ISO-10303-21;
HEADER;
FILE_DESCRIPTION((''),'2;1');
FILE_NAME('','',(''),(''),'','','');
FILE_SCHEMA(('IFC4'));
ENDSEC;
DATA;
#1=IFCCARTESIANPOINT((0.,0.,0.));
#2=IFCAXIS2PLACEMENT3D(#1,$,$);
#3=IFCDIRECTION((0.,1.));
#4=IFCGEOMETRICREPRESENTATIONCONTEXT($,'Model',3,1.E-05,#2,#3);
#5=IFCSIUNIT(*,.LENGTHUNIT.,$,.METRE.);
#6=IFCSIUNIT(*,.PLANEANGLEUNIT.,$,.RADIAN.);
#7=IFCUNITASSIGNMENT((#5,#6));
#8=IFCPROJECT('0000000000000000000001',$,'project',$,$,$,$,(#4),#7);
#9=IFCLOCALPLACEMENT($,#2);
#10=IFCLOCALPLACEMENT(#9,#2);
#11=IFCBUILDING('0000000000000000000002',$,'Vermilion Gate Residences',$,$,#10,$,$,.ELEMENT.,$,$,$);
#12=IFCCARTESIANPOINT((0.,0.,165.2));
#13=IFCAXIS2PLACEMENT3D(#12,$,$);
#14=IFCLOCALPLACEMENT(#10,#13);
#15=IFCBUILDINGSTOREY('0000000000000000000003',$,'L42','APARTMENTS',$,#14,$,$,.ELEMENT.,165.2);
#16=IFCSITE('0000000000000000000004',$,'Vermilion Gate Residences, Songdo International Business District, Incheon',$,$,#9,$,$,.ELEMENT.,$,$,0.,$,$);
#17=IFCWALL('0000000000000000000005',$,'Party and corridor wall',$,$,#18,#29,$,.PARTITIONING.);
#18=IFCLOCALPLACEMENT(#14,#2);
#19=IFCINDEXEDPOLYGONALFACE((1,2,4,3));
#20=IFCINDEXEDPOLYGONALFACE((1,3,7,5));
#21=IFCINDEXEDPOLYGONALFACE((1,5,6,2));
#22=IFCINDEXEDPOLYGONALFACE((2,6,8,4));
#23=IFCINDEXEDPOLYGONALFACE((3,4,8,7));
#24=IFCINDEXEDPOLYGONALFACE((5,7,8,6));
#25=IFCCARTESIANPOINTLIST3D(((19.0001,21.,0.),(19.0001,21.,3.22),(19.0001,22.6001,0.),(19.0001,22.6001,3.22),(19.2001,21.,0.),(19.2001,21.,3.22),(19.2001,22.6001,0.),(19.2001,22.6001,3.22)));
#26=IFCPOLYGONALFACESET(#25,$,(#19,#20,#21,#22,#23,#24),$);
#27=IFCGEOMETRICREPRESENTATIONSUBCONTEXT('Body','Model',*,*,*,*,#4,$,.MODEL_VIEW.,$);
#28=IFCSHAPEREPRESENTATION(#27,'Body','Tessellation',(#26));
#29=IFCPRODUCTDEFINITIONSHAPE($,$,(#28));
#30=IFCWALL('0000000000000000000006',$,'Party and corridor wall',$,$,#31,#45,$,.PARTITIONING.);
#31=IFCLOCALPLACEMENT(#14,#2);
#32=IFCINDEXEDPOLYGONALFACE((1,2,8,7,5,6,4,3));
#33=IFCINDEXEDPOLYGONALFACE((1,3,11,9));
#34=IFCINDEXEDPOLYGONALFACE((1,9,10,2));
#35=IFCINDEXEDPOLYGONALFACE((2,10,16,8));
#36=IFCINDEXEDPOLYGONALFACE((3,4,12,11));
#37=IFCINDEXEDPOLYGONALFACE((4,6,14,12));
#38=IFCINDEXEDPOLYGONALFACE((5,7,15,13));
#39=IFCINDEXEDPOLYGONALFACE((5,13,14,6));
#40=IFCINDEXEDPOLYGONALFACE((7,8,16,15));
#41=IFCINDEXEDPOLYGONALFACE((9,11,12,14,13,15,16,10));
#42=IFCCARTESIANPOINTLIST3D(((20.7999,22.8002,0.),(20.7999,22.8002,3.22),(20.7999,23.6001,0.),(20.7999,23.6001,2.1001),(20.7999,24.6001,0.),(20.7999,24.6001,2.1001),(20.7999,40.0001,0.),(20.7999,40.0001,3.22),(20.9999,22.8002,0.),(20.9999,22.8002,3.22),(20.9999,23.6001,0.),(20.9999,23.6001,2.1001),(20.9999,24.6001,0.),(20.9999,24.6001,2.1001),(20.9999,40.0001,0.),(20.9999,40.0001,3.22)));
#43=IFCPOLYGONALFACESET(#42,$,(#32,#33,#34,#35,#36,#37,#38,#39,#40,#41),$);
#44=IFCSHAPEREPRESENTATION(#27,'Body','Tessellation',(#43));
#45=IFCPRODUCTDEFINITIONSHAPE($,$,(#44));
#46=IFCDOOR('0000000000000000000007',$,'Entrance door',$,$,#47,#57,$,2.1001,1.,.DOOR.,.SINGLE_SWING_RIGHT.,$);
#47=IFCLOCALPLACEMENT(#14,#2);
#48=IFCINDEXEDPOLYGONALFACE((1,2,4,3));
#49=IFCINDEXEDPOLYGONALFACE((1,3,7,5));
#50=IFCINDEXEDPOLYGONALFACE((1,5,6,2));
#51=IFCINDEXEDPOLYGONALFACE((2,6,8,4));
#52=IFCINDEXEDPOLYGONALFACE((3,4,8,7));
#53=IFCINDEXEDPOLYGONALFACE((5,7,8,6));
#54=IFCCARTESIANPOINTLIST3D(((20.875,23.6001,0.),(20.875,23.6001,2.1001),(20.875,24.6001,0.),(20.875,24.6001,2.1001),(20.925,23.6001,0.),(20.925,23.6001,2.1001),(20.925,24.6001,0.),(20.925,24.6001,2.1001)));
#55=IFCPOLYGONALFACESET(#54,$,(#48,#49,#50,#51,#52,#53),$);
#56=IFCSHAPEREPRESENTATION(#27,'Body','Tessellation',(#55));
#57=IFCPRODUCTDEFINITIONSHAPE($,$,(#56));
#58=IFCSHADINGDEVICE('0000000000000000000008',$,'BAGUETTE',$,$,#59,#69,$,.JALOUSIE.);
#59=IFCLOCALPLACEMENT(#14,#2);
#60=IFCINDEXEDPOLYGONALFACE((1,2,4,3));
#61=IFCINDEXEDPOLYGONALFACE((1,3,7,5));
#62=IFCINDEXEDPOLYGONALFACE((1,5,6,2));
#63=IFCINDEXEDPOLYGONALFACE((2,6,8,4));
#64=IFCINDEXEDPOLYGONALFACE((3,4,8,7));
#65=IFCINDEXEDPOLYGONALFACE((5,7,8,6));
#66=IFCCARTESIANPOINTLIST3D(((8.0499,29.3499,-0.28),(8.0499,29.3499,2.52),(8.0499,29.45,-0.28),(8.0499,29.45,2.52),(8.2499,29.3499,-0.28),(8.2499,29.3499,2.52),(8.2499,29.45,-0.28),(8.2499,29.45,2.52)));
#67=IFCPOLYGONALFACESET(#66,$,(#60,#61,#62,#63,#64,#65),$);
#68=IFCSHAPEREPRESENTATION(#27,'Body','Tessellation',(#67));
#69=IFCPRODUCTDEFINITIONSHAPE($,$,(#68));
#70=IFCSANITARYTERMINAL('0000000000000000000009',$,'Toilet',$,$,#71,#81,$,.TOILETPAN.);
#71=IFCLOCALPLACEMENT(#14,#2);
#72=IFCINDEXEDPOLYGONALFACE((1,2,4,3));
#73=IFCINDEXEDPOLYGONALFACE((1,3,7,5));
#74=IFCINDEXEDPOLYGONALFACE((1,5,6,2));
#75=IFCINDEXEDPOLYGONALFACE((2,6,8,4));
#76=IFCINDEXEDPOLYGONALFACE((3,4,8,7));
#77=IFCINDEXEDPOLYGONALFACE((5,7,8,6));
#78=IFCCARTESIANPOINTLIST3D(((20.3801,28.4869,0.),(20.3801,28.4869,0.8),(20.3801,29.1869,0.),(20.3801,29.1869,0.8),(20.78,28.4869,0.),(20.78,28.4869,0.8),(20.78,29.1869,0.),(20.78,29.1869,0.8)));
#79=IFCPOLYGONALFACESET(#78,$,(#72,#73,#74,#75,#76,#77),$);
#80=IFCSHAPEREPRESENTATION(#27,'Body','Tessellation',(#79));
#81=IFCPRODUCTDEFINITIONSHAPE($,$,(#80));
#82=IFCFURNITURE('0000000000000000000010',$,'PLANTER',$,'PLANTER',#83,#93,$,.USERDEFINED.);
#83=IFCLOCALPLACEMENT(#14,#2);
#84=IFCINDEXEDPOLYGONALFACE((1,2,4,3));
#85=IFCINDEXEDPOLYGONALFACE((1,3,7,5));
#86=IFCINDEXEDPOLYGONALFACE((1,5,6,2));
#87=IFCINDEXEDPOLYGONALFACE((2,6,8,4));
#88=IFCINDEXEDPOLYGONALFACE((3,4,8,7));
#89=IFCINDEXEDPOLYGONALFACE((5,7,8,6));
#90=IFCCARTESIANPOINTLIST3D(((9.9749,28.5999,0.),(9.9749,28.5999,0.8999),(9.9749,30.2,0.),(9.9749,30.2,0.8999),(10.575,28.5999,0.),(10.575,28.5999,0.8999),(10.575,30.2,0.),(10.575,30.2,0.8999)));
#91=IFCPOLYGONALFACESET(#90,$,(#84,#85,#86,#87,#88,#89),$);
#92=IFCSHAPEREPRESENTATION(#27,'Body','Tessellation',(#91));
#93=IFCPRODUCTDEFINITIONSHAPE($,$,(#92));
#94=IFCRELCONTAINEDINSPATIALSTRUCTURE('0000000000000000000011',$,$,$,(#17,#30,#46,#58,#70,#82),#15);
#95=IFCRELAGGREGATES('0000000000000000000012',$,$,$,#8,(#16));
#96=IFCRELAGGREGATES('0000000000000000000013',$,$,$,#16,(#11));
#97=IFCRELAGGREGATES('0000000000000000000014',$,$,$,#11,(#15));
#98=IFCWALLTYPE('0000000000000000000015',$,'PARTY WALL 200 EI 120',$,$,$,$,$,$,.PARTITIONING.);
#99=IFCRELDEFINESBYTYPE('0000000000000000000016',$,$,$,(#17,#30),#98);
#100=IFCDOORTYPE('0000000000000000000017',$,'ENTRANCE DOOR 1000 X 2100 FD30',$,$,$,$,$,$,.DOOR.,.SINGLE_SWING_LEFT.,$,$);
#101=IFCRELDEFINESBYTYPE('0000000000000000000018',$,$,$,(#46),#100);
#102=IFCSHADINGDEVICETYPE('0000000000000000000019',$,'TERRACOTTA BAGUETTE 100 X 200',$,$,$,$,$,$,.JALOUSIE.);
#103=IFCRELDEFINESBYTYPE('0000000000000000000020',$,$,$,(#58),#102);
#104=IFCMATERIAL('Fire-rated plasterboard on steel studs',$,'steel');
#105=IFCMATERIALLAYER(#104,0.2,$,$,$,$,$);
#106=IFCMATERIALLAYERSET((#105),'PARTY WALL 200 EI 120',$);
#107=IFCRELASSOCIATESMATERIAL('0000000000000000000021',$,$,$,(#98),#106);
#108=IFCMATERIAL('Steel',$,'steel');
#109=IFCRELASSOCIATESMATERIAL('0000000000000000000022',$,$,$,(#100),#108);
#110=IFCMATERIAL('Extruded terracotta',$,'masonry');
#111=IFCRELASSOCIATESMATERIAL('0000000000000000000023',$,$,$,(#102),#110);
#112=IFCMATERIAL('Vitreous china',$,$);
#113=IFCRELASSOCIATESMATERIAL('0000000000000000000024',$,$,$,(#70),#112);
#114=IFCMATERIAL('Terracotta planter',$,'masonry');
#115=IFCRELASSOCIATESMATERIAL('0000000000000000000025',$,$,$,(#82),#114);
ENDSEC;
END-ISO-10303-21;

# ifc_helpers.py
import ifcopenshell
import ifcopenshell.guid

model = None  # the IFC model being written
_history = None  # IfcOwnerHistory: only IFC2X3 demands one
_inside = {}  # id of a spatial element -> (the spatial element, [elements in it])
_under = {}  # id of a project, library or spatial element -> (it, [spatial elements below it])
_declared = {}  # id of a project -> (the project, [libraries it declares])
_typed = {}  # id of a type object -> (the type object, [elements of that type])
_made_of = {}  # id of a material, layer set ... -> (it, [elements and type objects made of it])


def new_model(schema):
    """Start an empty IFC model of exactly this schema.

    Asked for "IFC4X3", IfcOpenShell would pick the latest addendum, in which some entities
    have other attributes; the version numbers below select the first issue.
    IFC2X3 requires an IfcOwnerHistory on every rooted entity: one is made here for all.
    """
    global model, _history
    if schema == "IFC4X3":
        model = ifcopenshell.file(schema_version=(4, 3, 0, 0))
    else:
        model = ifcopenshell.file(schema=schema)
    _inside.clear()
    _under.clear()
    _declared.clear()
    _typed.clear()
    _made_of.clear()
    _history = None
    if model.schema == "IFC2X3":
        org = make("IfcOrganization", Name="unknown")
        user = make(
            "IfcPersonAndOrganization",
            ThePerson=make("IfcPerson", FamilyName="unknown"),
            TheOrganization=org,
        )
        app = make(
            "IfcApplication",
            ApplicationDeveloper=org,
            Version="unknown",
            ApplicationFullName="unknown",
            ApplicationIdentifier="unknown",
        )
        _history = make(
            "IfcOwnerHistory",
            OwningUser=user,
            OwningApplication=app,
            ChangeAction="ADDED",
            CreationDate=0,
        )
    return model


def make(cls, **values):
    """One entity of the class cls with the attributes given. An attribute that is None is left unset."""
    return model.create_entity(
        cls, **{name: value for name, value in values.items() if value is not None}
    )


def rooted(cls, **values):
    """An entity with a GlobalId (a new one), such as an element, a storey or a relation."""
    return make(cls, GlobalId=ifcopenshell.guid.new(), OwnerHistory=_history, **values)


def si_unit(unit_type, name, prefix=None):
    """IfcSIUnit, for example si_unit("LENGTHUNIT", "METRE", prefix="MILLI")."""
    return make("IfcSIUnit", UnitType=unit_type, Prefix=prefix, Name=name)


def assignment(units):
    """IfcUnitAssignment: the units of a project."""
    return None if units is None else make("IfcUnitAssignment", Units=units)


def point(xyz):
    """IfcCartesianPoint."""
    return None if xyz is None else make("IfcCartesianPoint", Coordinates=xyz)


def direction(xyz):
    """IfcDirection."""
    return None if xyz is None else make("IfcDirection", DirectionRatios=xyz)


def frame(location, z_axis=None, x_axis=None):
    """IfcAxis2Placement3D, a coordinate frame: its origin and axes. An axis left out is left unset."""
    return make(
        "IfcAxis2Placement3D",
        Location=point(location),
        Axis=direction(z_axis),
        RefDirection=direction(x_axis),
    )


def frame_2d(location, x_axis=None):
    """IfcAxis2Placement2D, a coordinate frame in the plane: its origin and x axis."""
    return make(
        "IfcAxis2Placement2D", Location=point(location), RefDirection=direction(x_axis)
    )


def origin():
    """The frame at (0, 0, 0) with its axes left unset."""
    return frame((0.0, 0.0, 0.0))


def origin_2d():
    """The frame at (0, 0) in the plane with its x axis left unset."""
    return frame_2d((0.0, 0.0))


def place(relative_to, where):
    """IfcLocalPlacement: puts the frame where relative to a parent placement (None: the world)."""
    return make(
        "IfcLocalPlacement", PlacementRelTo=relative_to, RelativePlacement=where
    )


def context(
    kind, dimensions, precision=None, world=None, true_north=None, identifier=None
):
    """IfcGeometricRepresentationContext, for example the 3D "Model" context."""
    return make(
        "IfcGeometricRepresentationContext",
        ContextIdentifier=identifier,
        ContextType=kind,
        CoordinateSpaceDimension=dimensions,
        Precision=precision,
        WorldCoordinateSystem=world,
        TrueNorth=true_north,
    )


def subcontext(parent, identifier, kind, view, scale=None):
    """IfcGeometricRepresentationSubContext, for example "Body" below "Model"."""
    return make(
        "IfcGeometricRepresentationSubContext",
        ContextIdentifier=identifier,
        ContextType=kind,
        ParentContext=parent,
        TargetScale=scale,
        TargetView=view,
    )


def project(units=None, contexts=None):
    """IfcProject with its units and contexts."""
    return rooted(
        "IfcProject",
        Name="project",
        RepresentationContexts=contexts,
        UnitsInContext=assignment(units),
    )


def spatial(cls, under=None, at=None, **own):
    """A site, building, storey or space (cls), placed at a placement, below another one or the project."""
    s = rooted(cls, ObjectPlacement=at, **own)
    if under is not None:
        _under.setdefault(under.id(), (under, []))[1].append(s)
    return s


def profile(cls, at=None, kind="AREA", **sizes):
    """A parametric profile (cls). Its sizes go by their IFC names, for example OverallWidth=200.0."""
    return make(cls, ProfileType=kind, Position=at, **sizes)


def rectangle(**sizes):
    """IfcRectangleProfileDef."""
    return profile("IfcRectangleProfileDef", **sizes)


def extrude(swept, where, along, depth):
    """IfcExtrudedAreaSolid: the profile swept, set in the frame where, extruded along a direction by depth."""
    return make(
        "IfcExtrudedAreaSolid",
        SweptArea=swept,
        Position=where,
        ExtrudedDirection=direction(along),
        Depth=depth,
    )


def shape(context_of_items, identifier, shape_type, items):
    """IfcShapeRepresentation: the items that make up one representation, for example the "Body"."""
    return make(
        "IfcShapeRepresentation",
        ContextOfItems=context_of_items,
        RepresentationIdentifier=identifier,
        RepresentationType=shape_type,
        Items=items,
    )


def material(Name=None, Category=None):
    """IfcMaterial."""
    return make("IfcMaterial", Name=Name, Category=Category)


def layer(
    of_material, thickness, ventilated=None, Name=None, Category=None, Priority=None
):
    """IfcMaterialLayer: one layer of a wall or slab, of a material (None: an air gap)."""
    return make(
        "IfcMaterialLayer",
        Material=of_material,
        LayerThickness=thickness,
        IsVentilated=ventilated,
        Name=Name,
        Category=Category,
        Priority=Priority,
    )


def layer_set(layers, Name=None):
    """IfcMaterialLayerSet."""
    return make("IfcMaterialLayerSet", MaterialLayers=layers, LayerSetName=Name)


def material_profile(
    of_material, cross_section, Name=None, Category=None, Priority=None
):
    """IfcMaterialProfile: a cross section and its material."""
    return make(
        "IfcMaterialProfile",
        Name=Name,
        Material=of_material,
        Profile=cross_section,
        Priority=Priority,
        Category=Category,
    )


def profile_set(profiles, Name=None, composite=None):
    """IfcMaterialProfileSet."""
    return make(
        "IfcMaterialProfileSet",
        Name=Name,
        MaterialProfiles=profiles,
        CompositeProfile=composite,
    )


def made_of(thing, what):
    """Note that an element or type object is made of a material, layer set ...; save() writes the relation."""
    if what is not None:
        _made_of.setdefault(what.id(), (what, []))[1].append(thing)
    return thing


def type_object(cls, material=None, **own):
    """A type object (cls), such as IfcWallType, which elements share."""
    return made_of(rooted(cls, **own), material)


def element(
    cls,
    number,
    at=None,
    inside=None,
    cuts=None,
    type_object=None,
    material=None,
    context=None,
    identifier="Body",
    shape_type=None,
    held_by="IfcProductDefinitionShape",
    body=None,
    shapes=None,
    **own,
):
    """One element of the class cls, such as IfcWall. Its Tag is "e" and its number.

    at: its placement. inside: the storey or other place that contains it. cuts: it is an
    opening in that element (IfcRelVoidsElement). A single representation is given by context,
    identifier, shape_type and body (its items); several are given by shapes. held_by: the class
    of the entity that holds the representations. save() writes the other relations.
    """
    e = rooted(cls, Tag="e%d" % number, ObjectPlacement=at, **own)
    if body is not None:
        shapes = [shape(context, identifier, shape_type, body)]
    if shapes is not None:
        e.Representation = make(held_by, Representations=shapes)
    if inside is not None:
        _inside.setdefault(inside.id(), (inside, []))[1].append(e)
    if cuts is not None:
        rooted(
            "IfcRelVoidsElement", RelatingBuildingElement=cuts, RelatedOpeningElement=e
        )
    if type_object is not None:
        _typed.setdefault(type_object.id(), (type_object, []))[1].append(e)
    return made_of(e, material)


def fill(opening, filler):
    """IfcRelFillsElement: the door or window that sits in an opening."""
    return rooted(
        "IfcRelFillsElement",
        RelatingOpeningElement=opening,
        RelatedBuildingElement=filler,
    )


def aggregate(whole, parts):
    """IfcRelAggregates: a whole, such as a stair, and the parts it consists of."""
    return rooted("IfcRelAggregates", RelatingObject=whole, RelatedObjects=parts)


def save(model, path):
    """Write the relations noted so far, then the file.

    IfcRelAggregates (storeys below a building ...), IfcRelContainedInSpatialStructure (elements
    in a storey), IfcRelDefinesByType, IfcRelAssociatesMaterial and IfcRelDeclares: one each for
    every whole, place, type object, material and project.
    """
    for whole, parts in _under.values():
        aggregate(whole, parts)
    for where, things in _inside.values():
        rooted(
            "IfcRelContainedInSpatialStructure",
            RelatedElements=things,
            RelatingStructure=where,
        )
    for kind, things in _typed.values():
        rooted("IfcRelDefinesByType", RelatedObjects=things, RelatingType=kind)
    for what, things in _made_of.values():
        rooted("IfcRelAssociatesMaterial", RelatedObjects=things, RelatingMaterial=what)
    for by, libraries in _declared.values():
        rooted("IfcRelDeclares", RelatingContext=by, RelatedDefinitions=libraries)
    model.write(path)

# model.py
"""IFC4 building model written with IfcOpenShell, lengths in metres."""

from ifc_helpers import new_model, si_unit, direction, frame, frame_2d, origin, origin_2d, place, context, subcontext, project, spatial, rectangle, extrude, material, layer, layer_set, material_profile, profile_set, type_object, element, fill, save


model = new_model("IFC4")

# Units and contexts
model_context = context("Model", 3, precision=1e-05, world=origin(), true_north=direction((0.0, 1.0)))
body_context = subcontext(model_context, "Body", "Model", "MODEL_VIEW")
ifc_project = project(units=[si_unit("LENGTHUNIT", "METRE"), si_unit("PLANEANGLEUNIT", "RADIAN")], contexts=[model_context])

# Site, building, storey
site_placement = place(None, origin())
site = spatial("IfcSite", under=ifc_project, at=site_placement, Name="Vermilion Gate Residences, Songdo International Business District, Incheon", CompositionType="ELEMENT", RefElevation=0.0)
building_placement = place(site_placement, origin())
building = spatial("IfcBuilding", under=site, at=building_placement, Name="Vermilion Gate Residences", CompositionType="ELEMENT")
storey_placement = place(building_placement, frame((0.0, 0.0, 165.2)))
storey = spatial("IfcBuildingStorey", under=building, at=storey_placement, Name="L42", Description="APARTMENTS", CompositionType="ELEMENT", Elevation=165.2)

# Wall
ifc_material_1 = material(Name="Fire-rated plasterboard on steel studs", Category="steel")
ifc_layer_1 = layer(ifc_material_1, 0.2)
ifc_layer_set_1 = layer_set([ifc_layer_1], Name="PARTY WALL 200 EI 120")
wall_type_1 = type_object("IfcWallType", Name="PARTY WALL 200 EI 120", PredefinedType="PARTITIONING", material=ifc_layer_set_1)
wall_1_placement = place(storey_placement, frame((19.1001, 21.0, 0.0), z_axis=(0.0, 0.0, 1.0), x_axis=(0.0, 1.0, 0.0)))
element("IfcWall", 1, at=wall_1_placement, inside=storey, type_object=wall_type_1, Name="Party and corridor wall", PredefinedType="PARTITIONING", context=body_context, shape_type="SweptSolid", body=[
    extrude(rectangle(XDim=1.6001, YDim=0.2, at=frame_2d((0.8, 0.0))), origin(), (0.0, 0.0, 1.0), 3.22),
])

# Wall, opening, door
wall_2_placement = place(storey_placement, frame((20.8999, 22.8, 0.0), z_axis=(0.0, 0.0, 1.0), x_axis=(0.0, 1.0, 0.0)))
wall_2 = element("IfcWall", 2, at=wall_2_placement, inside=storey, type_object=wall_type_1, Name="Party and corridor wall", PredefinedType="PARTITIONING", context=body_context, shape_type="SweptSolid", body=[
    extrude(rectangle(XDim=17.2, YDim=0.2, at=frame_2d((8.6001, 0.0))), origin(), (0.0, 0.0, 1.0), 3.22),
])
opening_1_placement = place(wall_2_placement, frame((0.8, 0.0, 0.0)))
opening_1 = element("IfcOpeningElement", 3, at=opening_1_placement, cuts=wall_2, PredefinedType="OPENING", context=body_context, shape_type="SweptSolid", body=[
    extrude(rectangle(XDim=1.0, YDim=2.1001, at=frame_2d((0.5, 1.05))), frame((0.0, 0.1099, 0.0), z_axis=(0.0, -1.0, 0.0), x_axis=(1.0, 0.0, 0.0)), (0.0, 0.0, 1.0), 0.22),
])
ifc_material_2 = material(Name="Steel", Category="steel")
door_type_1 = type_object("IfcDoorType", Name="ENTRANCE DOOR 1000 X 2100 FD30", OperationType="SINGLE_SWING_LEFT", PredefinedType="DOOR", material=ifc_material_2)
door_1_placement = place(opening_1_placement, origin())
door_1 = element("IfcDoor", 4, at=door_1_placement, inside=storey, type_object=door_type_1, Name="Entrance door", OperationType="SINGLE_SWING_RIGHT", OverallHeight=2.1001, OverallWidth=1.0, PredefinedType="DOOR", context=body_context, shape_type="SweptSolid", body=[
    extrude(rectangle(XDim=1.0, YDim=2.1001, at=frame_2d((0.5, 1.05))), frame((0.0, 0.0249, 0.0), z_axis=(0.0, -1.0, 0.0), x_axis=(1.0, 0.0, 0.0)), (0.0, 0.0, 1.0), 0.05),
])
fill(opening_1, door_1)

# Shading device
ifc_material_3 = material(Name="Extruded terracotta", Category="masonry")
ifc_material_profile_1 = material_profile(ifc_material_3, rectangle(XDim=0.2, YDim=0.1001, at=origin_2d()), Name="BAGUETTE 100 X 200")
ifc_profile_set_1 = profile_set([ifc_material_profile_1], Name="Extruded terracotta")
shading_device_type = type_object("IfcShadingDeviceType", Name="TERRACOTTA BAGUETTE 100 X 200", PredefinedType="JALOUSIE", material=ifc_profile_set_1)
shading_device_placement = place(storey_placement, frame((8.1499, 29.3999, -0.28), z_axis=(0.0, 0.0, 1.0), x_axis=(1.0, 0.0, 0.0)))
element("IfcShadingDevice", 5, at=shading_device_placement, inside=storey, type_object=shading_device_type, Name="BAGUETTE", PredefinedType="JALOUSIE", context=body_context, shape_type="SweptSolid", body=[
    extrude(rectangle(XDim=0.2, YDim=0.1001, at=origin_2d()), origin(), (0.0, 0.0, 1.0), 2.8),
])

# Sanitary terminal
ifc_material_4 = material(Name="Vitreous china")
sanitary_terminal_placement = place(storey_placement, frame((20.5801, 28.8369, 0.0), z_axis=(0.0, 0.0, 1.0), x_axis=(1.0, 0.0, 0.0)))
element("IfcSanitaryTerminal", 6, at=sanitary_terminal_placement, inside=storey, material=ifc_material_4, Name="Toilet", PredefinedType="TOILETPAN", context=body_context, shape_type="SweptSolid", body=[
    extrude(rectangle(XDim=0.3999, YDim=0.7, at=origin_2d()), origin(), (0.0, 0.0, 1.0), 0.8),
])

# Furniture
ifc_material_5 = material(Name="Terracotta planter", Category="masonry")
furniture_placement = place(storey_placement, frame((10.2749, 29.3999, 0.0), z_axis=(0.0, 0.0, 1.0), x_axis=(0.0, -1.0, 0.0)))
element("IfcFurniture", 7, at=furniture_placement, inside=storey, material=ifc_material_5, Name="PLANTER", ObjectType="PLANTER", PredefinedType="USERDEFINED", context=body_context, shape_type="SweptSolid", body=[
    extrude(rectangle(XDim=1.6001, YDim=0.6001, at=origin_2d()), origin(), (0.0, 0.0, 1.0), 0.8999),
])

save(model, "model.ifc")
